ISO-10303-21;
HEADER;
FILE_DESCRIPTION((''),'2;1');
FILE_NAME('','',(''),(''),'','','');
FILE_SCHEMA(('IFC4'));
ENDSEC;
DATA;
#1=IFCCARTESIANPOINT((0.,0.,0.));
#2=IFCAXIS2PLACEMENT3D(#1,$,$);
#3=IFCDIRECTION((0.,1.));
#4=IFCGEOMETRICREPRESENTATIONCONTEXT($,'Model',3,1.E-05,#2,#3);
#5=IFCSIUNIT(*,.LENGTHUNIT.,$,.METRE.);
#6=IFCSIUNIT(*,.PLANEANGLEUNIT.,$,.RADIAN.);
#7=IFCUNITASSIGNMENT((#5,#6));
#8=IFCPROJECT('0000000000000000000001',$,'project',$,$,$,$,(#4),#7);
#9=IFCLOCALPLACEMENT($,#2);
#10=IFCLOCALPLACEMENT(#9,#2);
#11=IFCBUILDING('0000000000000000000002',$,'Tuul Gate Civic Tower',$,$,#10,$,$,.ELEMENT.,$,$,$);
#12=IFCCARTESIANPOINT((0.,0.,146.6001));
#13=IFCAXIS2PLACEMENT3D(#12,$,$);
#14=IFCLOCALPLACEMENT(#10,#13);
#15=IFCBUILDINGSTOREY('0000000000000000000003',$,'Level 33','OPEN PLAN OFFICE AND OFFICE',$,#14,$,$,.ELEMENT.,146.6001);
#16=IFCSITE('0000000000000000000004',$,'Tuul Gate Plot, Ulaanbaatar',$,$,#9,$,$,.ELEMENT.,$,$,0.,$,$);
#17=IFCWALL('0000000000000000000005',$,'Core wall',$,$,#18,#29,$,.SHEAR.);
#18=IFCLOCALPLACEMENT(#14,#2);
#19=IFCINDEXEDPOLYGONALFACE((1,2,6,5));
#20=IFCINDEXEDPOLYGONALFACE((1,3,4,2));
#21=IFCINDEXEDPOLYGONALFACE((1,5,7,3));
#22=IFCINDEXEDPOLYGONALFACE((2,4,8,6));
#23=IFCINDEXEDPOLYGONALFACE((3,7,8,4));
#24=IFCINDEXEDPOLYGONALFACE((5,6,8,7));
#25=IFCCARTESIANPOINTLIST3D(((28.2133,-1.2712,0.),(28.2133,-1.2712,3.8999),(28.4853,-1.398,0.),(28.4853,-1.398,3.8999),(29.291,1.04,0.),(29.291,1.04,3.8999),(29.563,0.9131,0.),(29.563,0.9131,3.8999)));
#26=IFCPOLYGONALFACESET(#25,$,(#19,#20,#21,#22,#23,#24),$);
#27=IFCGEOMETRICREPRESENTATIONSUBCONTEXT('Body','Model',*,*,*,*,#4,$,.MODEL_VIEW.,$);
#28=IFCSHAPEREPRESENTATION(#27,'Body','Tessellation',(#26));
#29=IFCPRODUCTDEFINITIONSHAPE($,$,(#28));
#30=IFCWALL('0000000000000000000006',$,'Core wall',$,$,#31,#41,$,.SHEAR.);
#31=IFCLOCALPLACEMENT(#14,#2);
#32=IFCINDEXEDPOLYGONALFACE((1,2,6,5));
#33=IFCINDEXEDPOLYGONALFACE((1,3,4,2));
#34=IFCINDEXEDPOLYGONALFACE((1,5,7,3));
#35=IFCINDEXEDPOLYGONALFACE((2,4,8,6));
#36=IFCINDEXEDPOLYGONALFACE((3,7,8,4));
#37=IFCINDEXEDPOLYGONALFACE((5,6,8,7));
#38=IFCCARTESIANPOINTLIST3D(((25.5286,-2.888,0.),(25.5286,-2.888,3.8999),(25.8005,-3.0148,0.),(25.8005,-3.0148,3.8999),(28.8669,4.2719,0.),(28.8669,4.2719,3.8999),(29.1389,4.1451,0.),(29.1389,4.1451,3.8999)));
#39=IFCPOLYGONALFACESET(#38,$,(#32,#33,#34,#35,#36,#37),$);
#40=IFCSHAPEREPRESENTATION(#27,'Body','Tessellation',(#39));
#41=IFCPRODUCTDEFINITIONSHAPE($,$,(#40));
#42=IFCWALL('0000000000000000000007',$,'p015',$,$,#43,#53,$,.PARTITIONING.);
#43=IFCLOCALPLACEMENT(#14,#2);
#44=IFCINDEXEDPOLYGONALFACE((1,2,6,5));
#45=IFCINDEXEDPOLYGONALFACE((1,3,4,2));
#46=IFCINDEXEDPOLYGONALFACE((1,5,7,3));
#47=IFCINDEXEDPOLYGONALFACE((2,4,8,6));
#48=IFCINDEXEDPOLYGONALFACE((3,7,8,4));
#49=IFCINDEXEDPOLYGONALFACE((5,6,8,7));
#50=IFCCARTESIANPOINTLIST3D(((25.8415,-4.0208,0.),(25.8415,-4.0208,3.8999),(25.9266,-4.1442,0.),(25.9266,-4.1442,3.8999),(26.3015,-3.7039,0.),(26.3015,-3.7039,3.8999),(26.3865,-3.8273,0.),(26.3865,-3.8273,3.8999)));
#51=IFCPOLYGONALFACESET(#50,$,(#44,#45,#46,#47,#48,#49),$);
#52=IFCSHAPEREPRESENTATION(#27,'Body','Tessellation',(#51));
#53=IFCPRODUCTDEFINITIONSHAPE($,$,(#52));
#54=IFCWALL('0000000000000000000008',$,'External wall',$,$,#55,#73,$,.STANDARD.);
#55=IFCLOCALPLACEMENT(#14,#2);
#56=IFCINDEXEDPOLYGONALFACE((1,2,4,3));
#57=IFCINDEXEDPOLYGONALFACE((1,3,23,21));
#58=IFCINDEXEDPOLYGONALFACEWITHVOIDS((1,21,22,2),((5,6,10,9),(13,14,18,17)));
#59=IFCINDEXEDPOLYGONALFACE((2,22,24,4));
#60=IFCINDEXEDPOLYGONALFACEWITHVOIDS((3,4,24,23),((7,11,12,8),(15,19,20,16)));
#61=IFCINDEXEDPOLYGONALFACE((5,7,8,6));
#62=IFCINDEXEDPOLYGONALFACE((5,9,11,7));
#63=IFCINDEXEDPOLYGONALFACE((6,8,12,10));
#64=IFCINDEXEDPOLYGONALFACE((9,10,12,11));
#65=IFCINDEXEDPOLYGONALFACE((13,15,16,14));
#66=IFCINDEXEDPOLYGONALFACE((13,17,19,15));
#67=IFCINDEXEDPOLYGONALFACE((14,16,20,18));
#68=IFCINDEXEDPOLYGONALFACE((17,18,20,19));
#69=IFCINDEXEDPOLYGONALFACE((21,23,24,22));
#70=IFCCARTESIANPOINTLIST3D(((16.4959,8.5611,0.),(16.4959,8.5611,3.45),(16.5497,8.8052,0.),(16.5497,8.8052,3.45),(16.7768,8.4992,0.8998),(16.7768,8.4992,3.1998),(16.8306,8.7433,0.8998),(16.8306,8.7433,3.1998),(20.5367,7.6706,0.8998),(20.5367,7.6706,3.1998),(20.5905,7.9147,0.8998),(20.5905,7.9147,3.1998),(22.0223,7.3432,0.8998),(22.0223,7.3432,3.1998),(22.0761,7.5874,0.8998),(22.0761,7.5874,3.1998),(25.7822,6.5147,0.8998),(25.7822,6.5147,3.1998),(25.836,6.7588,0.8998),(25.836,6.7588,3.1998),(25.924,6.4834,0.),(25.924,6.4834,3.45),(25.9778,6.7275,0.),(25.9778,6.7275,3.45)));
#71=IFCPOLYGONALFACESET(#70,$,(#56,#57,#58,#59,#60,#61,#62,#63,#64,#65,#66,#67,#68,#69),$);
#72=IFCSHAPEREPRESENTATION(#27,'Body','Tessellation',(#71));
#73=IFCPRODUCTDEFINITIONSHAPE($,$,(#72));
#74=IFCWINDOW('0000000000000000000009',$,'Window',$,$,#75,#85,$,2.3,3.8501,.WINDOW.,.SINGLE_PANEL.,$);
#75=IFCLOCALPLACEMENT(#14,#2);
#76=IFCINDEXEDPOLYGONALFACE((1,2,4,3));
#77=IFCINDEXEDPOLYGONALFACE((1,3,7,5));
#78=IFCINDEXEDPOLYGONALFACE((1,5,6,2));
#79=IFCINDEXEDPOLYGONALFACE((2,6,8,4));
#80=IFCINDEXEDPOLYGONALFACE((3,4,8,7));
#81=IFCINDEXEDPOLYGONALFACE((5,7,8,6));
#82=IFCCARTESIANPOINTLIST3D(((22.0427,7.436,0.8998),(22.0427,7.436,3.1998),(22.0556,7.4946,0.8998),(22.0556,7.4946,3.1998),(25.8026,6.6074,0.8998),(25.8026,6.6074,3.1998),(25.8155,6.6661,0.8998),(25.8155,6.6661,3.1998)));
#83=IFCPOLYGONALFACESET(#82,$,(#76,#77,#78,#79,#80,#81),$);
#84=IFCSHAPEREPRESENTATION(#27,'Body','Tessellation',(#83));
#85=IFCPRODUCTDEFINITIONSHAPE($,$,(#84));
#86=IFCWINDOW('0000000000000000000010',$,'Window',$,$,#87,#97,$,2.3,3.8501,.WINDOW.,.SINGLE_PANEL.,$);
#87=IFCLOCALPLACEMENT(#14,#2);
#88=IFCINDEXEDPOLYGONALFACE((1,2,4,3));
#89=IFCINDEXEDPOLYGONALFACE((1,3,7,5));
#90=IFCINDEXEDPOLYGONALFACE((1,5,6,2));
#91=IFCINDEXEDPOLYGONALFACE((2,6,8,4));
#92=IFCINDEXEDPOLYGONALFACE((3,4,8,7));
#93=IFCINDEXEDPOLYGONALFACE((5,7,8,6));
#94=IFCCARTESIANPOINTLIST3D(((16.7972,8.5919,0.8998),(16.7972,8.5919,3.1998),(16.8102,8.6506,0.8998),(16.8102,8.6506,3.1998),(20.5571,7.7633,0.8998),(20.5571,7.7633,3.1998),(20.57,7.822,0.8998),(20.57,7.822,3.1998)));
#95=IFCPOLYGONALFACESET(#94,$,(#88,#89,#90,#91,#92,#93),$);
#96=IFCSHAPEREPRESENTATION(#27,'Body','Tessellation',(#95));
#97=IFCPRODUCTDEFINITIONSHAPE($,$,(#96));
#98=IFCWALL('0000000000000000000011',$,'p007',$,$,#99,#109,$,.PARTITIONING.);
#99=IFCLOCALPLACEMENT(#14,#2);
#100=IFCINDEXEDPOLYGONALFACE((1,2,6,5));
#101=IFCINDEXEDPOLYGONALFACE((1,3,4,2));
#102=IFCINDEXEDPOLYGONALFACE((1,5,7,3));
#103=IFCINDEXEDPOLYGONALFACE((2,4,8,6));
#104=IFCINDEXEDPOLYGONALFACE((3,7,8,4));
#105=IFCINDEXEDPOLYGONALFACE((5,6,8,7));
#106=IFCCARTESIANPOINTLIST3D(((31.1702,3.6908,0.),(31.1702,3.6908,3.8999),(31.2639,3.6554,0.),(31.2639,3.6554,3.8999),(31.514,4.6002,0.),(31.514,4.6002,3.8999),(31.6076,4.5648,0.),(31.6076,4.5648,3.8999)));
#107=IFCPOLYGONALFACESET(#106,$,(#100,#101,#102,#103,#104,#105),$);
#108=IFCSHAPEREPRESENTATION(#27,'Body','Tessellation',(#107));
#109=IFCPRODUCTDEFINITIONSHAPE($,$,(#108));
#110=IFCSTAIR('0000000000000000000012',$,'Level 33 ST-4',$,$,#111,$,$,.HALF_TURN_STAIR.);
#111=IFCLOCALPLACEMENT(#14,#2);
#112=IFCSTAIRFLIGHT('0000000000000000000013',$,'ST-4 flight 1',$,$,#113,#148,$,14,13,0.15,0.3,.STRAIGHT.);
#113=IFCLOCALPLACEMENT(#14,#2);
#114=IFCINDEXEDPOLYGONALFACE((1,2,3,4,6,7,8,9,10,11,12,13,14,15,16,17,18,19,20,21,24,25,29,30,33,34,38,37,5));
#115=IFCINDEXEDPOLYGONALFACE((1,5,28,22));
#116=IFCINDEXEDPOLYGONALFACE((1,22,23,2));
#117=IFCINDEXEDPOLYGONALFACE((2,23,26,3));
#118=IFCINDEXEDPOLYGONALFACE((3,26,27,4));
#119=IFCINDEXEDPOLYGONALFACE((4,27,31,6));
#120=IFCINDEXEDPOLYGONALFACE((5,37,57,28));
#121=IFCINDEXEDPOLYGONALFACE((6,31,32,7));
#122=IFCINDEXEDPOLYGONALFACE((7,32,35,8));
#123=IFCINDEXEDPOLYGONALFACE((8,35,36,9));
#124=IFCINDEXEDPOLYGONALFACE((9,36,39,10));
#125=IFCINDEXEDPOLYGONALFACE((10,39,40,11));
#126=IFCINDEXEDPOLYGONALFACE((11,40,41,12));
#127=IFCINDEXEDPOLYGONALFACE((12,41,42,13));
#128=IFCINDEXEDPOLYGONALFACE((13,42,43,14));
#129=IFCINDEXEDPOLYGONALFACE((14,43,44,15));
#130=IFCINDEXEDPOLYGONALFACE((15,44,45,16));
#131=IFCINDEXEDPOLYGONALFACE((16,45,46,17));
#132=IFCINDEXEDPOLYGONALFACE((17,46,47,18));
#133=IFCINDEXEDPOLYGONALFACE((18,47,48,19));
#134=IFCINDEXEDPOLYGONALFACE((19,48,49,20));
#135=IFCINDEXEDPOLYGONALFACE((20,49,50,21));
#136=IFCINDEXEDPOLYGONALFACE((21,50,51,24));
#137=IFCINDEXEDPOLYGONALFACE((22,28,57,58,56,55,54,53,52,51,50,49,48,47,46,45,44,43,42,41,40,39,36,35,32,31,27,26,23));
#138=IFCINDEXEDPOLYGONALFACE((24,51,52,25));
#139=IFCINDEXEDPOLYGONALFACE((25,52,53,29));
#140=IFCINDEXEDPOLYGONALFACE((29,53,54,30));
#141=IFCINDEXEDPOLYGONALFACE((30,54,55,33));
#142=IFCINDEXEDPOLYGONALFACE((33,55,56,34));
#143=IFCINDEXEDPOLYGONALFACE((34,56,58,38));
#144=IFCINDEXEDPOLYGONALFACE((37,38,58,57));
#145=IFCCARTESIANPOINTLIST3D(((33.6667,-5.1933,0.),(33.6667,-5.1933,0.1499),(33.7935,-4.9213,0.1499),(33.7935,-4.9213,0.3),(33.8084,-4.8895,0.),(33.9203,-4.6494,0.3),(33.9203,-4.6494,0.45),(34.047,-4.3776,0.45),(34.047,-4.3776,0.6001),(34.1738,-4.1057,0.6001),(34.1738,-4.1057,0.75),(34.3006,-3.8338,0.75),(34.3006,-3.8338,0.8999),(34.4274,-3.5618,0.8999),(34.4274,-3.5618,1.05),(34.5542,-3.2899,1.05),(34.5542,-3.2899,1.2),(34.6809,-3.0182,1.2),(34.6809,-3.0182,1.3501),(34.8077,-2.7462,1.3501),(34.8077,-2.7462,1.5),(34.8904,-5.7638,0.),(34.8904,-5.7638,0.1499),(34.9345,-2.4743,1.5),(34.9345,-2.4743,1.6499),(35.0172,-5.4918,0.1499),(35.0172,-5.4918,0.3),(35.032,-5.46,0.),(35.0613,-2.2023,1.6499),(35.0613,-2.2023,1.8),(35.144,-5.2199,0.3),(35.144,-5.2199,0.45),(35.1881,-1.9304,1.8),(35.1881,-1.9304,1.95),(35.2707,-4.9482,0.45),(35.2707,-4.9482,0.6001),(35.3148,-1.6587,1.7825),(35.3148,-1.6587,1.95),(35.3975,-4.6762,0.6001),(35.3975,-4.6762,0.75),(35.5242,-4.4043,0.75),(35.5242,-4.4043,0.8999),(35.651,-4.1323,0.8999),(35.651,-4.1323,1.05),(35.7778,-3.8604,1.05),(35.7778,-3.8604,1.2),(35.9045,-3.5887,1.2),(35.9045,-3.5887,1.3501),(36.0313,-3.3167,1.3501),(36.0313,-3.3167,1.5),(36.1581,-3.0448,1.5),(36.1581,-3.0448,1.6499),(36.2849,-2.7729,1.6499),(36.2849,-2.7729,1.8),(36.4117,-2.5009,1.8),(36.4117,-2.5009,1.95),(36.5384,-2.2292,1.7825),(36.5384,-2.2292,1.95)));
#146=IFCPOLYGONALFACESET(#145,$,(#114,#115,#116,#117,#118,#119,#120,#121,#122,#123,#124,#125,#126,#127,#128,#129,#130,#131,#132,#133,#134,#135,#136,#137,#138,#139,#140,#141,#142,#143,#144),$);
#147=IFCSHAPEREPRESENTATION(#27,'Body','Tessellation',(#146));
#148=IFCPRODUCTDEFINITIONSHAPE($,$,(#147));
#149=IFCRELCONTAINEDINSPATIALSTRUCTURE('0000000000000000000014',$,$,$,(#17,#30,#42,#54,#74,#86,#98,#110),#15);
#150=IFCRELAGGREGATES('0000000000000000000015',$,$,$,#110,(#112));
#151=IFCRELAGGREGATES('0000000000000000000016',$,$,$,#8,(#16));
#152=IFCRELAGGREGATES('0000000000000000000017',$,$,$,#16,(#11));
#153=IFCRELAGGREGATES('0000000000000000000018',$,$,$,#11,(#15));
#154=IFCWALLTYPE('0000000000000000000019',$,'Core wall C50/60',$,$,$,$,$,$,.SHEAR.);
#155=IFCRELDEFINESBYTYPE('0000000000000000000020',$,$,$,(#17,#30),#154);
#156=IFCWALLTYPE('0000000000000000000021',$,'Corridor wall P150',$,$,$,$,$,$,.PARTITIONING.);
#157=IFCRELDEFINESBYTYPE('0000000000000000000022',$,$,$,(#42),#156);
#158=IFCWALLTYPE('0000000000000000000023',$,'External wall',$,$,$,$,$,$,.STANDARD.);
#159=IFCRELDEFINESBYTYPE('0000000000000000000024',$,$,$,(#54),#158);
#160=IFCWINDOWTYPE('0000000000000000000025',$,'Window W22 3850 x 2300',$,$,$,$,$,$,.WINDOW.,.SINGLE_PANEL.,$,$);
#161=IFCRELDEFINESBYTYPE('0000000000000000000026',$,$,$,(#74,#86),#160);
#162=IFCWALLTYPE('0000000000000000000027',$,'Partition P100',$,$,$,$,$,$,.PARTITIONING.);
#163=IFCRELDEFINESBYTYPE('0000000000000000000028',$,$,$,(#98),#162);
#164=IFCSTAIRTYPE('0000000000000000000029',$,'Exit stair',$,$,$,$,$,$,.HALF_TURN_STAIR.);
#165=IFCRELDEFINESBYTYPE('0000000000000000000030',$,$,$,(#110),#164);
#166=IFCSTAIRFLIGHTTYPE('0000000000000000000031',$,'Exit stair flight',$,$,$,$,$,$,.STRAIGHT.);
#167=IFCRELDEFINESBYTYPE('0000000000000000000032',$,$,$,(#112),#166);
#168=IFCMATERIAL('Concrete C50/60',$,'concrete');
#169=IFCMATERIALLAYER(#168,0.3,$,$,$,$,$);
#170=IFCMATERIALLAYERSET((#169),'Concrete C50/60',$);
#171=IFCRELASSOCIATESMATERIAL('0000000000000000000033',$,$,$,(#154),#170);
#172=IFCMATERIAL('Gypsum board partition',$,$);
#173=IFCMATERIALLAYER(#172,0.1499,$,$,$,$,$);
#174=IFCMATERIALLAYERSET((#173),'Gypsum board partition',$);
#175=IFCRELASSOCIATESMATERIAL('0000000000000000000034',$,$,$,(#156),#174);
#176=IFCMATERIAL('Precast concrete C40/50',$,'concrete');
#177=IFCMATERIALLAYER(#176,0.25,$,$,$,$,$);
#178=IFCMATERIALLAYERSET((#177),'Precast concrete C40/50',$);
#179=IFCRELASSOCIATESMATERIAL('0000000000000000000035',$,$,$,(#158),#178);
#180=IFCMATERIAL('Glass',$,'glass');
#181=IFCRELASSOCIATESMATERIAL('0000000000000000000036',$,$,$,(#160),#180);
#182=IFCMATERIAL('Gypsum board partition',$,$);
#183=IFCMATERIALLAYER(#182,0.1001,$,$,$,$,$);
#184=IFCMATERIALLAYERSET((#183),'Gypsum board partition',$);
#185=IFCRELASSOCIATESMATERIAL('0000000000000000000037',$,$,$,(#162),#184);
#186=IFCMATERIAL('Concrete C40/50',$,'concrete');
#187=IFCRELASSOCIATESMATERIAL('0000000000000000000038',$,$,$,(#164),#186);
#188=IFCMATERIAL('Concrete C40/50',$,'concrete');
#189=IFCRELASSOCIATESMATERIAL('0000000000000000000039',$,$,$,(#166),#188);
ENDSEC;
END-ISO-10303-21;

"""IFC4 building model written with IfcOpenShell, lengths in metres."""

from ifc_helpers import new_model, si_unit, direction, frame, frame_2d, origin, place, context, subcontext, project, spatial, polyline, rectangle, outline, extrude, material, layer, layer_set, type_object, element, fill, aggregate, save


model = new_model("IFC4")

# Units and contexts
model_context = context("Model", 3, precision=1e-05, world=origin(), true_north=direction((0.0, 1.0)))
body_context = subcontext(model_context, "Body", "Model", "MODEL_VIEW")
ifc_project = project(units=[si_unit("LENGTHUNIT", "METRE"), si_unit("PLANEANGLEUNIT", "RADIAN")], contexts=[model_context])

# Site, building, storey
site_placement = place(None, origin())
site = spatial("IfcSite", under=ifc_project, at=site_placement, Name="Tuul Gate Plot, Ulaanbaatar", CompositionType="ELEMENT", RefElevation=0.0)
building_placement = place(site_placement, origin())
building = spatial("IfcBuilding", under=site, at=building_placement, Name="Tuul Gate Civic Tower", CompositionType="ELEMENT")
storey_placement = place(building_placement, frame((0.0, 0.0, 146.6001)))
storey = spatial("IfcBuildingStorey", under=building, at=storey_placement, Name="Level 33", Description="OPEN PLAN OFFICE AND OFFICE", CompositionType="ELEMENT", Elevation=146.6001)

# Shared definitions
ifc_material_1 = material(Name="Concrete C50/60", Category="concrete")
ifc_layer_1 = layer(ifc_material_1, 0.3)
ifc_layer_set_1 = layer_set([ifc_layer_1], Name="Concrete C50/60")
wall_type_1 = type_object("IfcWallType", Name="Core wall C50/60", PredefinedType="SHEAR", material=ifc_layer_set_1)

# Walls
wall_1_placement = place(storey_placement, frame((28.3494, -1.3345, 0.0), z_axis=(0.0, 0.0, 1.0), x_axis=(0.422613, 0.90631, 0.0)))
element("IfcWall", 1, at=wall_1_placement, inside=storey, type_object=wall_type_1, Name="Core wall", PredefinedType="SHEAR", context=body_context, shape_type="SweptSolid", body=[
    extrude(rectangle(XDim=2.55, YDim=0.3, at=frame_2d((1.2749, 0.0))), origin(), (0.0, 0.0, 1.0), 3.8999),
])
wall_2_placement = place(storey_placement, frame((25.6646, -2.9514, 0.0), z_axis=(0.0, 0.0, 1.0), x_axis=(0.422583, 0.906324, 0.0)))
element("IfcWall", 2, at=wall_2_placement, inside=storey, type_object=wall_type_1, Name="Core wall", PredefinedType="SHEAR", context=body_context, shape_type="SweptSolid", body=[
    extrude(rectangle(XDim=7.8999, YDim=0.3, at=frame_2d((3.95, 0.0))), origin(), (0.0, 0.0, 1.0), 3.8999),
])
ifc_material_2 = material(Name="Gypsum board partition")
ifc_layer_2 = layer(ifc_material_2, 0.1499)
ifc_layer_set_2 = layer_set([ifc_layer_2], Name="Gypsum board partition")
wall_type_2 = type_object("IfcWallType", Name="Corridor wall P150", PredefinedType="PARTITIONING", material=ifc_layer_set_2)
wall_3_placement = place(storey_placement, frame((25.884, -4.0825, 0.0), z_axis=(0.0, 0.0, 1.0), x_axis=(0.82348, 0.567345, 0.0)))
element("IfcWall", 3, at=wall_3_placement, inside=storey, type_object=wall_type_2, Name="p015", PredefinedType="PARTITIONING", context=body_context, shape_type="SweptSolid", body=[
    extrude(rectangle(XDim=0.5586, YDim=0.1499, at=frame_2d((0.2793, 0.0))), origin(), (0.0, 0.0, 1.0), 3.8999),
])

# Wall, openings, windows
ifc_material_3 = material(Name="Precast concrete C40/50", Category="concrete")
ifc_layer_3 = layer(ifc_material_3, 0.25)
ifc_layer_set_3 = layer_set([ifc_layer_3], Name="Precast concrete C40/50")
wall_type_3 = type_object("IfcWallType", Name="External wall", PredefinedType="STANDARD", material=ifc_layer_set_3)
wall_4_placement = place(storey_placement, frame((25.9509, 6.6055, 0.0), z_axis=(0.0, 0.0, 1.0), x_axis=(-0.976569, 0.215206, 0.0)))
wall_4 = element("IfcWall", 4, at=wall_4_placement, inside=storey, type_object=wall_type_3, Name="External wall", PredefinedType="STANDARD", context=body_context, shape_type="SweptSolid", body=[
    extrude(rectangle(XDim=9.6543, YDim=0.25, at=frame_2d((4.8271, 0.0))), origin(), (0.0, 0.0, 1.0), 3.45),
])
opening_1_placement = place(wall_4_placement, frame((0.1453, 0.0, 0.8999)))
opening_1 = element("IfcOpeningElement", 5, at=opening_1_placement, cuts=wall_4, PredefinedType="OPENING", context=body_context, shape_type="SweptSolid", body=[
    extrude(rectangle(XDim=3.8501, YDim=2.3, at=frame_2d((1.925, 1.1499))), frame((0.0, 0.135, 0.0), z_axis=(0.0, -1.0, 0.0), x_axis=(1.0, 0.0, 0.0)), (0.0, 0.0, 1.0), 0.27),
])
opening_2_placement = place(wall_4_placement, frame((5.5166, 0.0, 0.8999)))
opening_2 = element("IfcOpeningElement", 6, at=opening_2_placement, cuts=wall_4, PredefinedType="OPENING", context=body_context, shape_type="SweptSolid", body=[
    extrude(rectangle(XDim=3.8501, YDim=2.3, at=frame_2d((1.925, 1.1499))), frame((0.0, 0.135, 0.0), z_axis=(0.0, -1.0, 0.0), x_axis=(1.0, 0.0, 0.0)), (0.0, 0.0, 1.0), 0.27),
])
ifc_material_4 = material(Name="Glass", Category="glass")
window_type = type_object("IfcWindowType", Name="Window W22 3850 x 2300", PartitioningType="SINGLE_PANEL", PredefinedType="WINDOW", material=ifc_material_4)
window_1_placement = place(opening_1_placement, origin())
window_1 = element("IfcWindow", 7, at=window_1_placement, inside=storey, type_object=window_type, Name="Window", OverallHeight=2.3, OverallWidth=3.8501, PartitioningType="SINGLE_PANEL", PredefinedType="WINDOW", context=body_context, shape_type="SweptSolid", body=[
    extrude(rectangle(XDim=3.8501, YDim=2.3, at=frame_2d((1.925, 1.1499))), frame((0.0, 0.03, 0.0), z_axis=(0.0, -1.0, 0.0), x_axis=(1.0, 0.0, 0.0)), (0.0, 0.0, 1.0), 0.0601),
])
fill(opening_1, window_1)
window_2_placement = place(opening_2_placement, origin())
window_2 = element("IfcWindow", 8, at=window_2_placement, inside=storey, type_object=window_type, Name="Window", OverallHeight=2.3, OverallWidth=3.8501, PartitioningType="SINGLE_PANEL", PredefinedType="WINDOW", context=body_context, shape_type="SweptSolid", body=[
    extrude(rectangle(XDim=3.8501, YDim=2.3, at=frame_2d((1.925, 1.1499))), frame((0.0, 0.03, 0.0), z_axis=(0.0, -1.0, 0.0), x_axis=(1.0, 0.0, 0.0)), (0.0, 0.0, 1.0), 0.0601),
])
fill(opening_2, window_2)

# Wall
ifc_material_5 = material(Name="Gypsum board partition")
ifc_layer_4 = layer(ifc_material_5, 0.1001)
ifc_layer_set_4 = layer_set([ifc_layer_4], Name="Gypsum board partition")
wall_type_4 = type_object("IfcWallType", Name="Partition P100", PredefinedType="PARTITIONING", material=ifc_layer_set_4)
wall_5_placement = place(storey_placement, frame((31.217, 3.6731, 0.0), z_axis=(0.0, 0.0, 1.0), x_axis=(0.353571, 0.935408, 0.0)))
element("IfcWall", 9, at=wall_5_placement, inside=storey, type_object=wall_type_4, Name="p007", PredefinedType="PARTITIONING", context=body_context, shape_type="SweptSolid", body=[
    extrude(rectangle(XDim=0.9722, YDim=0.1001, at=frame_2d((0.4861, 0.0))), origin(), (0.0, 0.0, 1.0), 3.8999),
])

# Stair, stair flight
ifc_material_6 = material(Name="Concrete C40/50", Category="concrete")
stair_type = type_object("IfcStairType", Name="Exit stair", PredefinedType="HALF_TURN_STAIR", material=ifc_material_6)
stair_placement = place(storey_placement, origin())
stair = element("IfcStair", 10, at=stair_placement, inside=storey, type_object=stair_type, Name="Level 33 ST-4", PredefinedType="HALF_TURN_STAIR")
ifc_material_7 = material(Name="Concrete C40/50", Category="concrete")
stair_flight_type = type_object("IfcStairFlightType", Name="Exit stair flight", PredefinedType="STRAIGHT", material=ifc_material_7)
stair_flight_1_placement = place(storey_placement, frame((34.2786, -5.4785, 0.0), z_axis=(0.0, 0.0, 1.0), x_axis=(0.422576, 0.906327, 0.0)))
stair_flight_1 = element("IfcStairFlight", 11, at=stair_flight_1_placement, type_object=stair_flight_type, Name="ST-4 flight 1", NumberOfRisers=14, NumberOfTreads=13, PredefinedType="STRAIGHT", RiserHeight=0.15, TreadLength=0.3, context=body_context, shape_type="SweptSolid", body=[
    extrude(outline(polyline([(0.0, 0.0), (0.0, 0.1499), (0.3, 0.1499), (0.3, 0.3), (0.6001, 0.3), (0.6001, 0.45), (0.8999, 0.45), (0.8999, 0.6001), (1.2, 0.6001), (1.2, 0.75), (1.5, 0.75), (1.5, 0.8999), (1.8, 0.8999), (1.8, 1.05), (2.1001, 1.05), (2.1001, 1.2), (2.3999, 1.2), (2.3999, 1.3501), (2.7, 1.3501), (2.7, 1.5), (3.0, 1.5), (3.0, 1.6499), (3.3, 1.6499), (3.3, 1.8), (3.6001, 1.8), (3.6001, 1.95), (3.8999, 1.95), (3.8999, 2.1001), (3.8999, 1.7825), (0.3352, 0.0), (0.0, 0.0)])), frame((0.0, 0.675, 0.0), z_axis=(0.0, -1.0, 0.0), x_axis=(1.0, 0.0, 0.0)), (0.0, 0.0, 1.0), 1.3501),
])
aggregate(stair, [stair_flight_1])

save(model, "model.ifc")
